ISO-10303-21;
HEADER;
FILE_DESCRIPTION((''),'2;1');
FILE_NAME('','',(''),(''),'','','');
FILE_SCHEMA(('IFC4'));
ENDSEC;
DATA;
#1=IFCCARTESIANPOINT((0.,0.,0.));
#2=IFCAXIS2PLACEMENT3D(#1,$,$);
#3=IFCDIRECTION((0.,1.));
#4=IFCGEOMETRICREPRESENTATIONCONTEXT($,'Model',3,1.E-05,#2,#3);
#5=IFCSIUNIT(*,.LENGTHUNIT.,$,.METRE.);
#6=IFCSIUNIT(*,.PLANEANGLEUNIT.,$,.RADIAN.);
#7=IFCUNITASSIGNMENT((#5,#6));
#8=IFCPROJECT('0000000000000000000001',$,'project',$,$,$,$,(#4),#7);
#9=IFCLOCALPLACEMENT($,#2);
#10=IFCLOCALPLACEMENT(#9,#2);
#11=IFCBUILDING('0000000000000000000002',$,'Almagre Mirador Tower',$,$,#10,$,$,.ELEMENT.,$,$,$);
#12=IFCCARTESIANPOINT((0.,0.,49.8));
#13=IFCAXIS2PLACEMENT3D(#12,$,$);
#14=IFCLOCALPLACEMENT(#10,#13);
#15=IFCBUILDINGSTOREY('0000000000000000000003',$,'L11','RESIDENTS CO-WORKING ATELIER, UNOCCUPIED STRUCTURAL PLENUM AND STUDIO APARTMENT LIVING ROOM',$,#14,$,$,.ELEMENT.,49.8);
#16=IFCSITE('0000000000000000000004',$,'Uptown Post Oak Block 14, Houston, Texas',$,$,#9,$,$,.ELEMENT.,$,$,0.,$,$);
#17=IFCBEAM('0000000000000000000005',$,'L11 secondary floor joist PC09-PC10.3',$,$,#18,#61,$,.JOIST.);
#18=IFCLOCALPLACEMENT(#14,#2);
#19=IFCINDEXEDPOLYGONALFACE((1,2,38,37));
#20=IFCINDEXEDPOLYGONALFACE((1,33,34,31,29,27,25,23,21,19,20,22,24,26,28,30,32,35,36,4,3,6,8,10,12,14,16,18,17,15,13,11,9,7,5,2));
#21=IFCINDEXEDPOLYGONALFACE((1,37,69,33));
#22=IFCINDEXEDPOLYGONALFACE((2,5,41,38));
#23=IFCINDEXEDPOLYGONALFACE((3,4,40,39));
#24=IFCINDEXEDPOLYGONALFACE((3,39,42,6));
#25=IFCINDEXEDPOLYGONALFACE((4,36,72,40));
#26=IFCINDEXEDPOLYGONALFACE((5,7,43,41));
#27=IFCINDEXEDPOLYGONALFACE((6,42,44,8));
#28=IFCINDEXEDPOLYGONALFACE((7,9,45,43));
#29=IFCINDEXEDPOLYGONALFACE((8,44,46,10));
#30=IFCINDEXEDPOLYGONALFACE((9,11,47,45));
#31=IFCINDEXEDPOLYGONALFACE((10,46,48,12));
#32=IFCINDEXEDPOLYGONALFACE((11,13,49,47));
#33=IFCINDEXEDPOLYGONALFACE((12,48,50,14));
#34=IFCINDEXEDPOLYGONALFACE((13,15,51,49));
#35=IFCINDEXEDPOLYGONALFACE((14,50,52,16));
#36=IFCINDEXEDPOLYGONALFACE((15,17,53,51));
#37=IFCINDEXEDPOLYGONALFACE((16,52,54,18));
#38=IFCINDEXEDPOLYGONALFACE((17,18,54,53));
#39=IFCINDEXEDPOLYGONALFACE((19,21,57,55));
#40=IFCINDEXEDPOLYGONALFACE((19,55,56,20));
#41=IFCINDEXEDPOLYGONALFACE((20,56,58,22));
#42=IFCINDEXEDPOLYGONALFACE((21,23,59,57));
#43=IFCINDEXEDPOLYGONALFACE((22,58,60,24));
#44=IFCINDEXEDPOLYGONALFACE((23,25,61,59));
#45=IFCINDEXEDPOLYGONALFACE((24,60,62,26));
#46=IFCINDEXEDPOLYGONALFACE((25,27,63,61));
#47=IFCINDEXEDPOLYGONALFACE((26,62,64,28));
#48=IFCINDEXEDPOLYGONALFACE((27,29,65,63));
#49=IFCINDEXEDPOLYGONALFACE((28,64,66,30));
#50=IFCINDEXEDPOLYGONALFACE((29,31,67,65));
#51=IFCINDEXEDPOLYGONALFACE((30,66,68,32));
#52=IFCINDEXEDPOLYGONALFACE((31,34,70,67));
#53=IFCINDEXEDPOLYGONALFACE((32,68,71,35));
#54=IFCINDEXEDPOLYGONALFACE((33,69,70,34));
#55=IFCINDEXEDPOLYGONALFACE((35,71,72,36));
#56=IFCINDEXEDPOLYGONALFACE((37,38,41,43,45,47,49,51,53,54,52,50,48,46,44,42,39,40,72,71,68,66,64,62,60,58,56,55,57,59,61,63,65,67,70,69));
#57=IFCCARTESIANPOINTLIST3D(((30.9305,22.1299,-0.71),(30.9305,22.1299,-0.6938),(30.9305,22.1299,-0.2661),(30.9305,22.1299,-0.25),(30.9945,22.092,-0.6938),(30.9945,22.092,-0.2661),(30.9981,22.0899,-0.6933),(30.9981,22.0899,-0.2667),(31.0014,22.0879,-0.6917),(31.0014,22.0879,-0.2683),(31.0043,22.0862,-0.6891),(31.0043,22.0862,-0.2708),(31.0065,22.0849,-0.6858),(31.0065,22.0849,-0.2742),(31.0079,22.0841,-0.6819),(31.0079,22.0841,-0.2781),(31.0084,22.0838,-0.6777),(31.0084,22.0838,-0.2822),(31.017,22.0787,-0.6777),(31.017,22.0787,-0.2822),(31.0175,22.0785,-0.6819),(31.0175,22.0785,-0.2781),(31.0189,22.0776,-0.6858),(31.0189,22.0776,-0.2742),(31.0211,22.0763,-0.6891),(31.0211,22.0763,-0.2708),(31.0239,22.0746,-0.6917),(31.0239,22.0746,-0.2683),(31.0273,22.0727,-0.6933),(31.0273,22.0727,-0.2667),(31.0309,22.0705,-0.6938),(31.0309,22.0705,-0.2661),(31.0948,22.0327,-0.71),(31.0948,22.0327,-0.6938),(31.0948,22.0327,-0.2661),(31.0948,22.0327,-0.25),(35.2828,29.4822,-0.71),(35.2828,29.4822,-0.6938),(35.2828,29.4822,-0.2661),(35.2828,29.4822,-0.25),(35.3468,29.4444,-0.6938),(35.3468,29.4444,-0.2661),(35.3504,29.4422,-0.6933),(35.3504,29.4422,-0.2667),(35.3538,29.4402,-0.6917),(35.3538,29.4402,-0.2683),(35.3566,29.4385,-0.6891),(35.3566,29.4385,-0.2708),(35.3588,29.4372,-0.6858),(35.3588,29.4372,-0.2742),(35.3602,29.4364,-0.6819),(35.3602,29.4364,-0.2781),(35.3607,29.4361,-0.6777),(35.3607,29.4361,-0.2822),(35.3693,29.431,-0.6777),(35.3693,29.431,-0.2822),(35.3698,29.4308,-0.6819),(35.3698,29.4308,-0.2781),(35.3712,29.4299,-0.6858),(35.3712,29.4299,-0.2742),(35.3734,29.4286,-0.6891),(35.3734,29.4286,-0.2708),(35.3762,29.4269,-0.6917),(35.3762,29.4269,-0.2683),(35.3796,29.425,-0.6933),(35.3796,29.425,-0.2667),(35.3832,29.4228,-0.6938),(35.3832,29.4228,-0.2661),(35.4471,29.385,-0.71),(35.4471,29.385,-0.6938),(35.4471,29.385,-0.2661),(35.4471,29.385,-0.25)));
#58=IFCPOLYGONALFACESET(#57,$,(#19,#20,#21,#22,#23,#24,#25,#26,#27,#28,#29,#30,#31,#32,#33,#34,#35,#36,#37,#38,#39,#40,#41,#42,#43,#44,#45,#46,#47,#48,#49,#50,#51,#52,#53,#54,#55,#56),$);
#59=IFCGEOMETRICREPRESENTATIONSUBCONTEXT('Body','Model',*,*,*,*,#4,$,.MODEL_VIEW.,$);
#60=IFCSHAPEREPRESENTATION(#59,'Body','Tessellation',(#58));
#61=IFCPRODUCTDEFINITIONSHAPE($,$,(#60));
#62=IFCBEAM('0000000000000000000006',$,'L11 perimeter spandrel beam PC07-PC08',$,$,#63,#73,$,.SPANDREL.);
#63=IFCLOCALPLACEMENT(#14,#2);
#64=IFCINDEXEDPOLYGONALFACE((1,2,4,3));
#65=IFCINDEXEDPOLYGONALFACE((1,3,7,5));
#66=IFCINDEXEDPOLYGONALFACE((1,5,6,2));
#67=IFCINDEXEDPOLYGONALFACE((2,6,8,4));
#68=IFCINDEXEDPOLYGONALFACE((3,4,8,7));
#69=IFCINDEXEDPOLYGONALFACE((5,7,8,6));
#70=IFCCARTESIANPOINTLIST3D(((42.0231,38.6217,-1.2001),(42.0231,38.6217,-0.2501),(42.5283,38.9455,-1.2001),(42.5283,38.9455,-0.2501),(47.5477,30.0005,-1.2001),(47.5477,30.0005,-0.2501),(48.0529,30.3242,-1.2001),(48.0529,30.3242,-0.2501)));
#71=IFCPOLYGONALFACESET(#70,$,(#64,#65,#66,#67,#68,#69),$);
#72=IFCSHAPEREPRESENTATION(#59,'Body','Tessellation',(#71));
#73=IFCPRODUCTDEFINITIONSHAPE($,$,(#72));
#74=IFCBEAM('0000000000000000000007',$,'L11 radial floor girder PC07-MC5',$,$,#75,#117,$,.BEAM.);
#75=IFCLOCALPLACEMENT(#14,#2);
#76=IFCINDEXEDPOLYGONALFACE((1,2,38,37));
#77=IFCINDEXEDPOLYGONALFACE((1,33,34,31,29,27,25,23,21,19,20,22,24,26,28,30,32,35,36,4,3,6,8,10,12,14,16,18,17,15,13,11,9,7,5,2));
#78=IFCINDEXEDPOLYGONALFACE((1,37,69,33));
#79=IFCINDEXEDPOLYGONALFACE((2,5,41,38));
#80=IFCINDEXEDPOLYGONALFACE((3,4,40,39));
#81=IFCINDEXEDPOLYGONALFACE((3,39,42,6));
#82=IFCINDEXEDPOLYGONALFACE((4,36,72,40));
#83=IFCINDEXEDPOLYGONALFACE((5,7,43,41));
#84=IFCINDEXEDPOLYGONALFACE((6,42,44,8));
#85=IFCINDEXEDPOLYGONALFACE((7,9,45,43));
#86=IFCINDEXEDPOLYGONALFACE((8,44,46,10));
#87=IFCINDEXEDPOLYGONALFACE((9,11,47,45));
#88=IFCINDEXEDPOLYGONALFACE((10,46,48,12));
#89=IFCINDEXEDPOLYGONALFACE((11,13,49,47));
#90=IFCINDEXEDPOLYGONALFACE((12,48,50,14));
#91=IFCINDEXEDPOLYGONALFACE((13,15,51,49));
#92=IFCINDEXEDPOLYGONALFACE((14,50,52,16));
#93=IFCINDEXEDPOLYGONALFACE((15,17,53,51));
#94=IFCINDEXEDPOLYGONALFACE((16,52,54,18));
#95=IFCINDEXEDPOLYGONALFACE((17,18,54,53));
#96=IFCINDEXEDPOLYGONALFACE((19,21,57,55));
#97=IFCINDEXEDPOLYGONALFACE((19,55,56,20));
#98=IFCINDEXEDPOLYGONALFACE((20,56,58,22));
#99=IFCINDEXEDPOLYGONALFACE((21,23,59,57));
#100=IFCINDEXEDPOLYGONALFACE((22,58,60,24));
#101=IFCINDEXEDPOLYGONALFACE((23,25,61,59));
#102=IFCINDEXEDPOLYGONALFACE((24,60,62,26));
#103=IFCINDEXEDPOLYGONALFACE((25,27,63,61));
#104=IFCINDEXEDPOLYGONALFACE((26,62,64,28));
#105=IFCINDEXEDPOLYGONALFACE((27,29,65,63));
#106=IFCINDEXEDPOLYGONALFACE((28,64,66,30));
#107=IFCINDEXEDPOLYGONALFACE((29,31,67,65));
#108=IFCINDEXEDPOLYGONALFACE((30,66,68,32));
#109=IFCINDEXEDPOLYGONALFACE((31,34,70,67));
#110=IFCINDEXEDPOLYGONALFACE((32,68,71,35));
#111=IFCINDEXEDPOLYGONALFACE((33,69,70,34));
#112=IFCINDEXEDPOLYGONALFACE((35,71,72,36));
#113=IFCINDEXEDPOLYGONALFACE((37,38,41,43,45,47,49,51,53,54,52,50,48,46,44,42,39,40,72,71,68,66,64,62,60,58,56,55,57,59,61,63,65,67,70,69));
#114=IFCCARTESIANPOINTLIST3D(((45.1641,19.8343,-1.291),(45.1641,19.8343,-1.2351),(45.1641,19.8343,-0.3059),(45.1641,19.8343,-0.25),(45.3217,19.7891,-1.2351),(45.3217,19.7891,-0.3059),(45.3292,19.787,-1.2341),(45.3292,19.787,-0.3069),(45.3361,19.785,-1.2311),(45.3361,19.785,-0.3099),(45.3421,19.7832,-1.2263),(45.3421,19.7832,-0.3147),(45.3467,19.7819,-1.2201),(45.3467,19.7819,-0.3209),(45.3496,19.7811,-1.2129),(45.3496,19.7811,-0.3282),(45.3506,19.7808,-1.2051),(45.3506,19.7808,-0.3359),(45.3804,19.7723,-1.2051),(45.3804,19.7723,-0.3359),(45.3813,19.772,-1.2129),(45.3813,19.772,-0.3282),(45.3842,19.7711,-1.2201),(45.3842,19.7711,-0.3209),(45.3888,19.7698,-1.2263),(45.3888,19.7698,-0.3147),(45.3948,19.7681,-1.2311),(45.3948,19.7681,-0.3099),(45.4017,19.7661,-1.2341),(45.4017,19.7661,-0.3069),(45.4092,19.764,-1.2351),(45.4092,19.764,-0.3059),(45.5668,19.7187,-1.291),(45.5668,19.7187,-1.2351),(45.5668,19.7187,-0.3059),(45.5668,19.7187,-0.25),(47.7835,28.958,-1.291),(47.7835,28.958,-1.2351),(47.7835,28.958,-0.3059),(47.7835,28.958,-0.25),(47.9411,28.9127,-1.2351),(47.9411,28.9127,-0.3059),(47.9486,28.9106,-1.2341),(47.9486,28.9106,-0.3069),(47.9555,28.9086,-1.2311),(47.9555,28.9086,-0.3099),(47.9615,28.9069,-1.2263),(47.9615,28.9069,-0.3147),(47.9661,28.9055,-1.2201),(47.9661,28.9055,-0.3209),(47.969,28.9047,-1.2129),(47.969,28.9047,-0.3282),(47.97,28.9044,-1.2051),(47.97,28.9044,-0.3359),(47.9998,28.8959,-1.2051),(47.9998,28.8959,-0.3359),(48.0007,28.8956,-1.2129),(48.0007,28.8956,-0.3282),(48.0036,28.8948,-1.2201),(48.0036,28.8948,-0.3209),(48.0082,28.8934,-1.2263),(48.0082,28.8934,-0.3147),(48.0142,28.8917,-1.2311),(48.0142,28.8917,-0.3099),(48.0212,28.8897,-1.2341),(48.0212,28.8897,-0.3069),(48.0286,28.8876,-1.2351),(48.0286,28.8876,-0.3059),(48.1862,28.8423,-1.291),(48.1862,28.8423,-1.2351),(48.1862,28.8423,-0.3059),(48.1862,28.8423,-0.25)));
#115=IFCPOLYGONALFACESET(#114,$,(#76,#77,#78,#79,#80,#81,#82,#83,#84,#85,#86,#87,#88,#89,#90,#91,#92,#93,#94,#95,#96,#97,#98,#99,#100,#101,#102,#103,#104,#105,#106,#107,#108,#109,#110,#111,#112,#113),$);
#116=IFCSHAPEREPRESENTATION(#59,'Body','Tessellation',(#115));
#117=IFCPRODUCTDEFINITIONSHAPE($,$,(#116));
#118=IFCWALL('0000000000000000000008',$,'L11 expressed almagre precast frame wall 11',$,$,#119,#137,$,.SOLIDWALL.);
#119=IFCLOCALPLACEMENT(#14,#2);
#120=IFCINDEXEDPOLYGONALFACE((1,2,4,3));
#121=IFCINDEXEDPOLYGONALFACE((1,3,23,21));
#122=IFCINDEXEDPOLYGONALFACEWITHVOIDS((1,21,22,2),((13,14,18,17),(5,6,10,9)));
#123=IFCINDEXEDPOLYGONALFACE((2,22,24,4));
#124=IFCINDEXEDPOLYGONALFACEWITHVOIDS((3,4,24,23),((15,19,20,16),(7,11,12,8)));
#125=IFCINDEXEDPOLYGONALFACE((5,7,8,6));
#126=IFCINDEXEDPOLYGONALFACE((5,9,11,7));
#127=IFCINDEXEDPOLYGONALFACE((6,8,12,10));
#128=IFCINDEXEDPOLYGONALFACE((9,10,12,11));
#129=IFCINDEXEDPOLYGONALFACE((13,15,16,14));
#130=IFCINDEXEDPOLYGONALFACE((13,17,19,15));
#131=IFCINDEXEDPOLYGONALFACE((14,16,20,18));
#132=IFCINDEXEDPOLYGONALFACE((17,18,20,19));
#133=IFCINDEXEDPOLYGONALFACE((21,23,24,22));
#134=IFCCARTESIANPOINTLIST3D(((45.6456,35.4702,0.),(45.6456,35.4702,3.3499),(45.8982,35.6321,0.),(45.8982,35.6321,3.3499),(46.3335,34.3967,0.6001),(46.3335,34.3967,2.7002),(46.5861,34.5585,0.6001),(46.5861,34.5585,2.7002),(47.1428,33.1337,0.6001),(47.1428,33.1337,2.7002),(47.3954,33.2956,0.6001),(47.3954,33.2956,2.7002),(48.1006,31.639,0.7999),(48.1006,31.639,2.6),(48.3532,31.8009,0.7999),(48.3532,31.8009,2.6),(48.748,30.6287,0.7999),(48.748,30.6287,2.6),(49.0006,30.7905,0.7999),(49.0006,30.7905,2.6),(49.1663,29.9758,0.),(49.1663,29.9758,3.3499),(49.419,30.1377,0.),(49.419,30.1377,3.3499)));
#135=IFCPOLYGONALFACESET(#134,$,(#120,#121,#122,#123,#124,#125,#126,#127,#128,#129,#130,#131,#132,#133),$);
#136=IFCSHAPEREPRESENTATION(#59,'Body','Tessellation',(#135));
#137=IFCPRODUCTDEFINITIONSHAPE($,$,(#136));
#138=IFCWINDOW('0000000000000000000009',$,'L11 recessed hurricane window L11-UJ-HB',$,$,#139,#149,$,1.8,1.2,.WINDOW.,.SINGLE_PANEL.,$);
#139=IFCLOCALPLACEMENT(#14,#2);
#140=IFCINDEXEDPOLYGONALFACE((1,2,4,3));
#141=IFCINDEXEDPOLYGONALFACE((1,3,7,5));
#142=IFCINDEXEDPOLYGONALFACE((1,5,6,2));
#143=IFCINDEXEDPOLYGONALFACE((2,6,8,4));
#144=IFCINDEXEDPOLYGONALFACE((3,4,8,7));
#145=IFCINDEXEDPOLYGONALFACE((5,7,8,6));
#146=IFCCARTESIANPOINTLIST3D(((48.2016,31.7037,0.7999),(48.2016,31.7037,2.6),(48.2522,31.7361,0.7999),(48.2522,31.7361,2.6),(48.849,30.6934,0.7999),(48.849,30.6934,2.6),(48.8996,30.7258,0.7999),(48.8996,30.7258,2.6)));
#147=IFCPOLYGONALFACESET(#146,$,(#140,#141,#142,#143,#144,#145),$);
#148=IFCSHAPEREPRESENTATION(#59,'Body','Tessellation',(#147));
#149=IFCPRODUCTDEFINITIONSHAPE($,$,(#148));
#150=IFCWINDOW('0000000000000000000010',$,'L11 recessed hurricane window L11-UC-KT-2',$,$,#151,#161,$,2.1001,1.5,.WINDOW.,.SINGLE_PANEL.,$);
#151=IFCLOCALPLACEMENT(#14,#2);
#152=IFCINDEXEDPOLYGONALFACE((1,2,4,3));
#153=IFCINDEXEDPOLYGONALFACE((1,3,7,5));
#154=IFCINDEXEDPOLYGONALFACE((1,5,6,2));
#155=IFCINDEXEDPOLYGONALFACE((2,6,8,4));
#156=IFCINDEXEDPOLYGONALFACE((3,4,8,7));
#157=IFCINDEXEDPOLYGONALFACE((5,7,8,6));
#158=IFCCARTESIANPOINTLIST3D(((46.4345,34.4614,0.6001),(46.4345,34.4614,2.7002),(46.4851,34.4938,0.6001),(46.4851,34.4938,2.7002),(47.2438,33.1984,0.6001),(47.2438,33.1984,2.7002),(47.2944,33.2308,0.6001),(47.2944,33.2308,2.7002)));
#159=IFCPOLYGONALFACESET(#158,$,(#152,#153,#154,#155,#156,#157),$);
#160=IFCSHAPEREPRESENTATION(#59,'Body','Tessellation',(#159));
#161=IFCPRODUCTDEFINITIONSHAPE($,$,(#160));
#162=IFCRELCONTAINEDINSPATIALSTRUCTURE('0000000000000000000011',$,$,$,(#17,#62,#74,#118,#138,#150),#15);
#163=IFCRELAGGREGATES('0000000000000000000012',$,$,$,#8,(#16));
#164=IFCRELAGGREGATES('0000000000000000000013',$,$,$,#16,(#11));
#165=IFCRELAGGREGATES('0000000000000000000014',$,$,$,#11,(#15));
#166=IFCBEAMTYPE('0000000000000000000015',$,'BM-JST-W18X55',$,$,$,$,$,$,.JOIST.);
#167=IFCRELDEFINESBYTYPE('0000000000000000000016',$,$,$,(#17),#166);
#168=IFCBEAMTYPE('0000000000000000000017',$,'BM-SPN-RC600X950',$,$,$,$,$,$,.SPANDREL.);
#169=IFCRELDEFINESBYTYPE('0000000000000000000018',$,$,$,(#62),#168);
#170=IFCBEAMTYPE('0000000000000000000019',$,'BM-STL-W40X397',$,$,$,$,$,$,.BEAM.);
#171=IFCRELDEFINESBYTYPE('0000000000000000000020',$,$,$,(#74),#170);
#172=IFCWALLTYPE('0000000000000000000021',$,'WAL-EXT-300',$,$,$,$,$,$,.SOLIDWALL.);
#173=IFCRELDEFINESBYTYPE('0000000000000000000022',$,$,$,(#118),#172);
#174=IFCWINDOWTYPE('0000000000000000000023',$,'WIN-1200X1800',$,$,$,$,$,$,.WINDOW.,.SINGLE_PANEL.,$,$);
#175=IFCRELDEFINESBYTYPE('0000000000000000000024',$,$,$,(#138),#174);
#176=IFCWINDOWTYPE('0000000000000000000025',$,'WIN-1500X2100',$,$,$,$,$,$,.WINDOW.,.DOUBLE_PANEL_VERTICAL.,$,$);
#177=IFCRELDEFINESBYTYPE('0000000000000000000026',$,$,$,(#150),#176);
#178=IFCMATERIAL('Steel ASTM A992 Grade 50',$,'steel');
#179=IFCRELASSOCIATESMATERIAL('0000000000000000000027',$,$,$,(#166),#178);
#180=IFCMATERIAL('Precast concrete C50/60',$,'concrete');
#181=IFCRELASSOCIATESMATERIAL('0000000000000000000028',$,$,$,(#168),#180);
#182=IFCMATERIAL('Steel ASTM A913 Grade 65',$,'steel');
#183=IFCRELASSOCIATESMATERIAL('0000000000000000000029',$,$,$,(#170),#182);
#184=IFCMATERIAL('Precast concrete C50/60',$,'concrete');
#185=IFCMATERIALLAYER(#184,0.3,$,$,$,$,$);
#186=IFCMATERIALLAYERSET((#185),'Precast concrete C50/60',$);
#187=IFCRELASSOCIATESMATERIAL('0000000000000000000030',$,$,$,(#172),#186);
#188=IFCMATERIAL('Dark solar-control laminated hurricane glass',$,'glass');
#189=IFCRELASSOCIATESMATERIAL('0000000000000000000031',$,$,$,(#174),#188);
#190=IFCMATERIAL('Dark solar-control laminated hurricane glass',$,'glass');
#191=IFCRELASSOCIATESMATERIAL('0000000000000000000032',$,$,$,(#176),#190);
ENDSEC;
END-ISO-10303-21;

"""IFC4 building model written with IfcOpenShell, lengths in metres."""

from ifc_helpers import new_model, si_unit, direction, frame, frame_2d, origin, origin_2d, place, context, subcontext, project, spatial, rectangle, i_section, extrude, material, layer, layer_set, material_profile, profile_set, type_object, element, fill, save


model = new_model("IFC4")

# Units and contexts
model_context = context("Model", 3, precision=1e-05, world=origin(), true_north=direction((0.0, 1.0)))
body_context = subcontext(model_context, "Body", "Model", "MODEL_VIEW")
ifc_project = project(units=[si_unit("LENGTHUNIT", "METRE"), si_unit("PLANEANGLEUNIT", "RADIAN")], contexts=[model_context])

# Site, building, storey
site_placement = place(None, origin())
site = spatial("IfcSite", under=ifc_project, at=site_placement, Name="Uptown Post Oak Block 14, Houston, Texas", CompositionType="ELEMENT", RefElevation=0.0)
building_placement = place(site_placement, origin())
building = spatial("IfcBuilding", under=site, at=building_placement, Name="Almagre Mirador Tower", CompositionType="ELEMENT")
storey_placement = place(building_placement, frame((0.0, 0.0, 49.8)))
storey = spatial("IfcBuildingStorey", under=building, at=storey_placement, Name="L11", Description="RESIDENTS CO-WORKING ATELIER, UNOCCUPIED STRUCTURAL PLENUM AND STUDIO APARTMENT LIVING ROOM", CompositionType="ELEMENT", Elevation=49.8)

# Beams
ifc_material_1 = material(Name="Steel ASTM A992 Grade 50", Category="steel")
ifc_material_profile_1 = material_profile(ifc_material_1, i_section(OverallWidth=0.1909, OverallDepth=0.46, WebThickness=0.01, FlangeThickness=0.0161, FilletRadius=0.0161, at=origin_2d()), Name="W18X55")
ifc_profile_set_1 = profile_set([ifc_material_profile_1], Name="Steel ASTM A992 Grade 50")
beam_type_1 = type_object("IfcBeamType", Name="BM-JST-W18X55", PredefinedType="JOIST", material=ifc_profile_set_1)
beam_1_placement = place(storey_placement, frame((35.365, 29.4336, -0.48), z_axis=(-0.509402, -0.860529, 0.0), x_axis=(0.860529, -0.509402, 0.0)))
element("IfcBeam", 1, at=beam_1_placement, inside=storey, type_object=beam_type_1, Name="L11 secondary floor joist PC09-PC10.3", PredefinedType="JOIST", context=body_context, shape_type="SweptSolid", body=[
    extrude(i_section(OverallWidth=0.1909, OverallDepth=0.46, WebThickness=0.01, FlangeThickness=0.0161, FilletRadius=0.0161, at=origin_2d()), origin(), (0.0, 0.0, 1.0), 8.5439),
])
ifc_material_2 = material(Name="Precast concrete C50/60", Category="concrete")
ifc_material_profile_2 = material_profile(ifc_material_2, rectangle(XDim=0.6001, YDim=0.95, at=origin_2d()), Name="RC600X950")
ifc_profile_set_2 = profile_set([ifc_material_profile_2], Name="Precast concrete C50/60")
beam_type_2 = type_object("IfcBeamType", Name="BM-SPN-RC600X950", PredefinedType="SPANDREL", material=ifc_profile_set_2)
beam_2_placement = place(storey_placement, frame((47.8003, 30.1624, -0.7251), z_axis=(-0.539539, 0.841961, 0.0), x_axis=(-0.841961, -0.539539, 0.0)))
element("IfcBeam", 2, at=beam_2_placement, inside=storey, type_object=beam_type_2, Name="L11 perimeter spandrel beam PC07-PC08", PredefinedType="SPANDREL", context=body_context, shape_type="SweptSolid", body=[
    extrude(rectangle(XDim=0.6001, YDim=0.95, at=origin_2d()), origin(), (0.0, 0.0, 1.0), 10.2395),
])
ifc_material_3 = material(Name="Steel ASTM A913 Grade 65", Category="steel")
ifc_material_profile_3 = material_profile(ifc_material_3, i_section(OverallWidth=0.4189, OverallDepth=1.041, WebThickness=0.031, FlangeThickness=0.0559, FilletRadius=0.03, at=origin_2d()), Name="W40X397")
ifc_profile_set_3 = profile_set([ifc_material_profile_3], Name="Steel ASTM A913 Grade 65")
beam_type_3 = type_object("IfcBeamType", Name="BM-STL-W40X397", PredefinedType="BEAM", material=ifc_profile_set_3)
beam_3_placement = place(storey_placement, frame((47.9849, 28.9001, -0.7705), z_axis=(-0.275954, -0.961171, 0.0), x_axis=(0.961171, -0.275954, 0.0)))
element("IfcBeam", 3, at=beam_3_placement, inside=storey, type_object=beam_type_3, Name="L11 radial floor girder PC07-MC5", PredefinedType="BEAM", context=body_context, shape_type="SweptSolid", body=[
    extrude(i_section(OverallWidth=0.4189, OverallDepth=1.041, WebThickness=0.031, FlangeThickness=0.0559, FilletRadius=0.03, at=origin_2d()), origin(), (0.0, 0.0, 1.0), 9.4922),
])

# Wall, openings, windows
ifc_material_4 = material(Name="Precast concrete C50/60", Category="concrete")
ifc_layer_1 = layer(ifc_material_4, 0.3)
ifc_layer_set_1 = layer_set([ifc_layer_1], Name="Precast concrete C50/60")
wall_type_1 = type_object("IfcWallType", Name="WAL-EXT-300", PredefinedType="SOLIDWALL", material=ifc_layer_set_1)
wall_1_placement = place(storey_placement, frame((45.772, 35.551, 0.0), z_axis=(0.0, 0.0, 1.0), x_axis=(0.539526, -0.841969, 0.0)))
wall_1 = element("IfcWall", 4, at=wall_1_placement, inside=storey, type_object=wall_type_1, Name="L11 expressed almagre precast frame wall 11", PredefinedType="SOLIDWALL", context=body_context, shape_type="SweptSolid", body=[
    extrude(rectangle(XDim=6.5256, YDim=0.3, at=frame_2d((3.2627, 0.0))), origin(), (0.0, 0.0, 1.0), 3.3499),
])
opening_1_placement = place(wall_1_placement, frame((4.55, 0.0, 0.8)))
opening_1 = element("IfcOpeningElement", 5, at=opening_1_placement, cuts=wall_1, PredefinedType="OPENING", context=body_context, shape_type="SweptSolid", body=[
    extrude(rectangle(XDim=1.2, YDim=1.8, at=frame_2d((0.6001, 0.8999))), frame((0.0, 0.1599, 0.0), z_axis=(0.0, -1.0, 0.0), x_axis=(1.0, 0.0, 0.0)), (0.0, 0.0, 1.0), 0.32),
])
opening_2_placement = place(wall_1_placement, frame((1.2749, 0.0, 0.6001)))
opening_2 = element("IfcOpeningElement", 6, at=opening_2_placement, cuts=wall_1, PredefinedType="OPENING", context=body_context, shape_type="SweptSolid", body=[
    extrude(rectangle(XDim=1.5, YDim=2.1001, at=frame_2d((0.75, 1.05))), frame((0.0, 0.1599, 0.0), z_axis=(0.0, -1.0, 0.0), x_axis=(1.0, 0.0, 0.0)), (0.0, 0.0, 1.0), 0.32),
])
ifc_material_5 = material(Name="Dark solar-control laminated hurricane glass", Category="glass")
window_type_1 = type_object("IfcWindowType", Name="WIN-1200X1800", PartitioningType="SINGLE_PANEL", PredefinedType="WINDOW", material=ifc_material_5)
window_1_placement = place(opening_1_placement, origin())
window_1 = element("IfcWindow", 7, at=window_1_placement, inside=storey, type_object=window_type_1, Name="L11 recessed hurricane window L11-UJ-HB", OverallHeight=1.8, OverallWidth=1.2, PartitioningType="SINGLE_PANEL", PredefinedType="WINDOW", context=body_context, shape_type="SweptSolid", body=[
    extrude(rectangle(XDim=1.2, YDim=1.8, at=frame_2d((0.6001, 0.8999))), frame((0.0, 0.03, 0.0), z_axis=(0.0, -1.0, 0.0), x_axis=(1.0, 0.0, 0.0)), (0.0, 0.0, 1.0), 0.0601),
])
fill(opening_1, window_1)
ifc_material_6 = material(Name="Dark solar-control laminated hurricane glass", Category="glass")
window_type_2 = type_object("IfcWindowType", Name="WIN-1500X2100", PartitioningType="DOUBLE_PANEL_VERTICAL", PredefinedType="WINDOW", material=ifc_material_6)
window_2_placement = place(opening_2_placement, origin())
window_2 = element("IfcWindow", 8, at=window_2_placement, inside=storey, type_object=window_type_2, Name="L11 recessed hurricane window L11-UC-KT-2", OverallHeight=2.1001, OverallWidth=1.5, PartitioningType="SINGLE_PANEL", PredefinedType="WINDOW", context=body_context, shape_type="SweptSolid", body=[
    extrude(rectangle(XDim=1.5, YDim=2.1001, at=frame_2d((0.75, 1.05))), frame((0.0, 0.03, 0.0), z_axis=(0.0, -1.0, 0.0), x_axis=(1.0, 0.0, 0.0)), (0.0, 0.0, 1.0), 0.0601),
])
fill(opening_2, window_2)

save(model, "model.ifc")
